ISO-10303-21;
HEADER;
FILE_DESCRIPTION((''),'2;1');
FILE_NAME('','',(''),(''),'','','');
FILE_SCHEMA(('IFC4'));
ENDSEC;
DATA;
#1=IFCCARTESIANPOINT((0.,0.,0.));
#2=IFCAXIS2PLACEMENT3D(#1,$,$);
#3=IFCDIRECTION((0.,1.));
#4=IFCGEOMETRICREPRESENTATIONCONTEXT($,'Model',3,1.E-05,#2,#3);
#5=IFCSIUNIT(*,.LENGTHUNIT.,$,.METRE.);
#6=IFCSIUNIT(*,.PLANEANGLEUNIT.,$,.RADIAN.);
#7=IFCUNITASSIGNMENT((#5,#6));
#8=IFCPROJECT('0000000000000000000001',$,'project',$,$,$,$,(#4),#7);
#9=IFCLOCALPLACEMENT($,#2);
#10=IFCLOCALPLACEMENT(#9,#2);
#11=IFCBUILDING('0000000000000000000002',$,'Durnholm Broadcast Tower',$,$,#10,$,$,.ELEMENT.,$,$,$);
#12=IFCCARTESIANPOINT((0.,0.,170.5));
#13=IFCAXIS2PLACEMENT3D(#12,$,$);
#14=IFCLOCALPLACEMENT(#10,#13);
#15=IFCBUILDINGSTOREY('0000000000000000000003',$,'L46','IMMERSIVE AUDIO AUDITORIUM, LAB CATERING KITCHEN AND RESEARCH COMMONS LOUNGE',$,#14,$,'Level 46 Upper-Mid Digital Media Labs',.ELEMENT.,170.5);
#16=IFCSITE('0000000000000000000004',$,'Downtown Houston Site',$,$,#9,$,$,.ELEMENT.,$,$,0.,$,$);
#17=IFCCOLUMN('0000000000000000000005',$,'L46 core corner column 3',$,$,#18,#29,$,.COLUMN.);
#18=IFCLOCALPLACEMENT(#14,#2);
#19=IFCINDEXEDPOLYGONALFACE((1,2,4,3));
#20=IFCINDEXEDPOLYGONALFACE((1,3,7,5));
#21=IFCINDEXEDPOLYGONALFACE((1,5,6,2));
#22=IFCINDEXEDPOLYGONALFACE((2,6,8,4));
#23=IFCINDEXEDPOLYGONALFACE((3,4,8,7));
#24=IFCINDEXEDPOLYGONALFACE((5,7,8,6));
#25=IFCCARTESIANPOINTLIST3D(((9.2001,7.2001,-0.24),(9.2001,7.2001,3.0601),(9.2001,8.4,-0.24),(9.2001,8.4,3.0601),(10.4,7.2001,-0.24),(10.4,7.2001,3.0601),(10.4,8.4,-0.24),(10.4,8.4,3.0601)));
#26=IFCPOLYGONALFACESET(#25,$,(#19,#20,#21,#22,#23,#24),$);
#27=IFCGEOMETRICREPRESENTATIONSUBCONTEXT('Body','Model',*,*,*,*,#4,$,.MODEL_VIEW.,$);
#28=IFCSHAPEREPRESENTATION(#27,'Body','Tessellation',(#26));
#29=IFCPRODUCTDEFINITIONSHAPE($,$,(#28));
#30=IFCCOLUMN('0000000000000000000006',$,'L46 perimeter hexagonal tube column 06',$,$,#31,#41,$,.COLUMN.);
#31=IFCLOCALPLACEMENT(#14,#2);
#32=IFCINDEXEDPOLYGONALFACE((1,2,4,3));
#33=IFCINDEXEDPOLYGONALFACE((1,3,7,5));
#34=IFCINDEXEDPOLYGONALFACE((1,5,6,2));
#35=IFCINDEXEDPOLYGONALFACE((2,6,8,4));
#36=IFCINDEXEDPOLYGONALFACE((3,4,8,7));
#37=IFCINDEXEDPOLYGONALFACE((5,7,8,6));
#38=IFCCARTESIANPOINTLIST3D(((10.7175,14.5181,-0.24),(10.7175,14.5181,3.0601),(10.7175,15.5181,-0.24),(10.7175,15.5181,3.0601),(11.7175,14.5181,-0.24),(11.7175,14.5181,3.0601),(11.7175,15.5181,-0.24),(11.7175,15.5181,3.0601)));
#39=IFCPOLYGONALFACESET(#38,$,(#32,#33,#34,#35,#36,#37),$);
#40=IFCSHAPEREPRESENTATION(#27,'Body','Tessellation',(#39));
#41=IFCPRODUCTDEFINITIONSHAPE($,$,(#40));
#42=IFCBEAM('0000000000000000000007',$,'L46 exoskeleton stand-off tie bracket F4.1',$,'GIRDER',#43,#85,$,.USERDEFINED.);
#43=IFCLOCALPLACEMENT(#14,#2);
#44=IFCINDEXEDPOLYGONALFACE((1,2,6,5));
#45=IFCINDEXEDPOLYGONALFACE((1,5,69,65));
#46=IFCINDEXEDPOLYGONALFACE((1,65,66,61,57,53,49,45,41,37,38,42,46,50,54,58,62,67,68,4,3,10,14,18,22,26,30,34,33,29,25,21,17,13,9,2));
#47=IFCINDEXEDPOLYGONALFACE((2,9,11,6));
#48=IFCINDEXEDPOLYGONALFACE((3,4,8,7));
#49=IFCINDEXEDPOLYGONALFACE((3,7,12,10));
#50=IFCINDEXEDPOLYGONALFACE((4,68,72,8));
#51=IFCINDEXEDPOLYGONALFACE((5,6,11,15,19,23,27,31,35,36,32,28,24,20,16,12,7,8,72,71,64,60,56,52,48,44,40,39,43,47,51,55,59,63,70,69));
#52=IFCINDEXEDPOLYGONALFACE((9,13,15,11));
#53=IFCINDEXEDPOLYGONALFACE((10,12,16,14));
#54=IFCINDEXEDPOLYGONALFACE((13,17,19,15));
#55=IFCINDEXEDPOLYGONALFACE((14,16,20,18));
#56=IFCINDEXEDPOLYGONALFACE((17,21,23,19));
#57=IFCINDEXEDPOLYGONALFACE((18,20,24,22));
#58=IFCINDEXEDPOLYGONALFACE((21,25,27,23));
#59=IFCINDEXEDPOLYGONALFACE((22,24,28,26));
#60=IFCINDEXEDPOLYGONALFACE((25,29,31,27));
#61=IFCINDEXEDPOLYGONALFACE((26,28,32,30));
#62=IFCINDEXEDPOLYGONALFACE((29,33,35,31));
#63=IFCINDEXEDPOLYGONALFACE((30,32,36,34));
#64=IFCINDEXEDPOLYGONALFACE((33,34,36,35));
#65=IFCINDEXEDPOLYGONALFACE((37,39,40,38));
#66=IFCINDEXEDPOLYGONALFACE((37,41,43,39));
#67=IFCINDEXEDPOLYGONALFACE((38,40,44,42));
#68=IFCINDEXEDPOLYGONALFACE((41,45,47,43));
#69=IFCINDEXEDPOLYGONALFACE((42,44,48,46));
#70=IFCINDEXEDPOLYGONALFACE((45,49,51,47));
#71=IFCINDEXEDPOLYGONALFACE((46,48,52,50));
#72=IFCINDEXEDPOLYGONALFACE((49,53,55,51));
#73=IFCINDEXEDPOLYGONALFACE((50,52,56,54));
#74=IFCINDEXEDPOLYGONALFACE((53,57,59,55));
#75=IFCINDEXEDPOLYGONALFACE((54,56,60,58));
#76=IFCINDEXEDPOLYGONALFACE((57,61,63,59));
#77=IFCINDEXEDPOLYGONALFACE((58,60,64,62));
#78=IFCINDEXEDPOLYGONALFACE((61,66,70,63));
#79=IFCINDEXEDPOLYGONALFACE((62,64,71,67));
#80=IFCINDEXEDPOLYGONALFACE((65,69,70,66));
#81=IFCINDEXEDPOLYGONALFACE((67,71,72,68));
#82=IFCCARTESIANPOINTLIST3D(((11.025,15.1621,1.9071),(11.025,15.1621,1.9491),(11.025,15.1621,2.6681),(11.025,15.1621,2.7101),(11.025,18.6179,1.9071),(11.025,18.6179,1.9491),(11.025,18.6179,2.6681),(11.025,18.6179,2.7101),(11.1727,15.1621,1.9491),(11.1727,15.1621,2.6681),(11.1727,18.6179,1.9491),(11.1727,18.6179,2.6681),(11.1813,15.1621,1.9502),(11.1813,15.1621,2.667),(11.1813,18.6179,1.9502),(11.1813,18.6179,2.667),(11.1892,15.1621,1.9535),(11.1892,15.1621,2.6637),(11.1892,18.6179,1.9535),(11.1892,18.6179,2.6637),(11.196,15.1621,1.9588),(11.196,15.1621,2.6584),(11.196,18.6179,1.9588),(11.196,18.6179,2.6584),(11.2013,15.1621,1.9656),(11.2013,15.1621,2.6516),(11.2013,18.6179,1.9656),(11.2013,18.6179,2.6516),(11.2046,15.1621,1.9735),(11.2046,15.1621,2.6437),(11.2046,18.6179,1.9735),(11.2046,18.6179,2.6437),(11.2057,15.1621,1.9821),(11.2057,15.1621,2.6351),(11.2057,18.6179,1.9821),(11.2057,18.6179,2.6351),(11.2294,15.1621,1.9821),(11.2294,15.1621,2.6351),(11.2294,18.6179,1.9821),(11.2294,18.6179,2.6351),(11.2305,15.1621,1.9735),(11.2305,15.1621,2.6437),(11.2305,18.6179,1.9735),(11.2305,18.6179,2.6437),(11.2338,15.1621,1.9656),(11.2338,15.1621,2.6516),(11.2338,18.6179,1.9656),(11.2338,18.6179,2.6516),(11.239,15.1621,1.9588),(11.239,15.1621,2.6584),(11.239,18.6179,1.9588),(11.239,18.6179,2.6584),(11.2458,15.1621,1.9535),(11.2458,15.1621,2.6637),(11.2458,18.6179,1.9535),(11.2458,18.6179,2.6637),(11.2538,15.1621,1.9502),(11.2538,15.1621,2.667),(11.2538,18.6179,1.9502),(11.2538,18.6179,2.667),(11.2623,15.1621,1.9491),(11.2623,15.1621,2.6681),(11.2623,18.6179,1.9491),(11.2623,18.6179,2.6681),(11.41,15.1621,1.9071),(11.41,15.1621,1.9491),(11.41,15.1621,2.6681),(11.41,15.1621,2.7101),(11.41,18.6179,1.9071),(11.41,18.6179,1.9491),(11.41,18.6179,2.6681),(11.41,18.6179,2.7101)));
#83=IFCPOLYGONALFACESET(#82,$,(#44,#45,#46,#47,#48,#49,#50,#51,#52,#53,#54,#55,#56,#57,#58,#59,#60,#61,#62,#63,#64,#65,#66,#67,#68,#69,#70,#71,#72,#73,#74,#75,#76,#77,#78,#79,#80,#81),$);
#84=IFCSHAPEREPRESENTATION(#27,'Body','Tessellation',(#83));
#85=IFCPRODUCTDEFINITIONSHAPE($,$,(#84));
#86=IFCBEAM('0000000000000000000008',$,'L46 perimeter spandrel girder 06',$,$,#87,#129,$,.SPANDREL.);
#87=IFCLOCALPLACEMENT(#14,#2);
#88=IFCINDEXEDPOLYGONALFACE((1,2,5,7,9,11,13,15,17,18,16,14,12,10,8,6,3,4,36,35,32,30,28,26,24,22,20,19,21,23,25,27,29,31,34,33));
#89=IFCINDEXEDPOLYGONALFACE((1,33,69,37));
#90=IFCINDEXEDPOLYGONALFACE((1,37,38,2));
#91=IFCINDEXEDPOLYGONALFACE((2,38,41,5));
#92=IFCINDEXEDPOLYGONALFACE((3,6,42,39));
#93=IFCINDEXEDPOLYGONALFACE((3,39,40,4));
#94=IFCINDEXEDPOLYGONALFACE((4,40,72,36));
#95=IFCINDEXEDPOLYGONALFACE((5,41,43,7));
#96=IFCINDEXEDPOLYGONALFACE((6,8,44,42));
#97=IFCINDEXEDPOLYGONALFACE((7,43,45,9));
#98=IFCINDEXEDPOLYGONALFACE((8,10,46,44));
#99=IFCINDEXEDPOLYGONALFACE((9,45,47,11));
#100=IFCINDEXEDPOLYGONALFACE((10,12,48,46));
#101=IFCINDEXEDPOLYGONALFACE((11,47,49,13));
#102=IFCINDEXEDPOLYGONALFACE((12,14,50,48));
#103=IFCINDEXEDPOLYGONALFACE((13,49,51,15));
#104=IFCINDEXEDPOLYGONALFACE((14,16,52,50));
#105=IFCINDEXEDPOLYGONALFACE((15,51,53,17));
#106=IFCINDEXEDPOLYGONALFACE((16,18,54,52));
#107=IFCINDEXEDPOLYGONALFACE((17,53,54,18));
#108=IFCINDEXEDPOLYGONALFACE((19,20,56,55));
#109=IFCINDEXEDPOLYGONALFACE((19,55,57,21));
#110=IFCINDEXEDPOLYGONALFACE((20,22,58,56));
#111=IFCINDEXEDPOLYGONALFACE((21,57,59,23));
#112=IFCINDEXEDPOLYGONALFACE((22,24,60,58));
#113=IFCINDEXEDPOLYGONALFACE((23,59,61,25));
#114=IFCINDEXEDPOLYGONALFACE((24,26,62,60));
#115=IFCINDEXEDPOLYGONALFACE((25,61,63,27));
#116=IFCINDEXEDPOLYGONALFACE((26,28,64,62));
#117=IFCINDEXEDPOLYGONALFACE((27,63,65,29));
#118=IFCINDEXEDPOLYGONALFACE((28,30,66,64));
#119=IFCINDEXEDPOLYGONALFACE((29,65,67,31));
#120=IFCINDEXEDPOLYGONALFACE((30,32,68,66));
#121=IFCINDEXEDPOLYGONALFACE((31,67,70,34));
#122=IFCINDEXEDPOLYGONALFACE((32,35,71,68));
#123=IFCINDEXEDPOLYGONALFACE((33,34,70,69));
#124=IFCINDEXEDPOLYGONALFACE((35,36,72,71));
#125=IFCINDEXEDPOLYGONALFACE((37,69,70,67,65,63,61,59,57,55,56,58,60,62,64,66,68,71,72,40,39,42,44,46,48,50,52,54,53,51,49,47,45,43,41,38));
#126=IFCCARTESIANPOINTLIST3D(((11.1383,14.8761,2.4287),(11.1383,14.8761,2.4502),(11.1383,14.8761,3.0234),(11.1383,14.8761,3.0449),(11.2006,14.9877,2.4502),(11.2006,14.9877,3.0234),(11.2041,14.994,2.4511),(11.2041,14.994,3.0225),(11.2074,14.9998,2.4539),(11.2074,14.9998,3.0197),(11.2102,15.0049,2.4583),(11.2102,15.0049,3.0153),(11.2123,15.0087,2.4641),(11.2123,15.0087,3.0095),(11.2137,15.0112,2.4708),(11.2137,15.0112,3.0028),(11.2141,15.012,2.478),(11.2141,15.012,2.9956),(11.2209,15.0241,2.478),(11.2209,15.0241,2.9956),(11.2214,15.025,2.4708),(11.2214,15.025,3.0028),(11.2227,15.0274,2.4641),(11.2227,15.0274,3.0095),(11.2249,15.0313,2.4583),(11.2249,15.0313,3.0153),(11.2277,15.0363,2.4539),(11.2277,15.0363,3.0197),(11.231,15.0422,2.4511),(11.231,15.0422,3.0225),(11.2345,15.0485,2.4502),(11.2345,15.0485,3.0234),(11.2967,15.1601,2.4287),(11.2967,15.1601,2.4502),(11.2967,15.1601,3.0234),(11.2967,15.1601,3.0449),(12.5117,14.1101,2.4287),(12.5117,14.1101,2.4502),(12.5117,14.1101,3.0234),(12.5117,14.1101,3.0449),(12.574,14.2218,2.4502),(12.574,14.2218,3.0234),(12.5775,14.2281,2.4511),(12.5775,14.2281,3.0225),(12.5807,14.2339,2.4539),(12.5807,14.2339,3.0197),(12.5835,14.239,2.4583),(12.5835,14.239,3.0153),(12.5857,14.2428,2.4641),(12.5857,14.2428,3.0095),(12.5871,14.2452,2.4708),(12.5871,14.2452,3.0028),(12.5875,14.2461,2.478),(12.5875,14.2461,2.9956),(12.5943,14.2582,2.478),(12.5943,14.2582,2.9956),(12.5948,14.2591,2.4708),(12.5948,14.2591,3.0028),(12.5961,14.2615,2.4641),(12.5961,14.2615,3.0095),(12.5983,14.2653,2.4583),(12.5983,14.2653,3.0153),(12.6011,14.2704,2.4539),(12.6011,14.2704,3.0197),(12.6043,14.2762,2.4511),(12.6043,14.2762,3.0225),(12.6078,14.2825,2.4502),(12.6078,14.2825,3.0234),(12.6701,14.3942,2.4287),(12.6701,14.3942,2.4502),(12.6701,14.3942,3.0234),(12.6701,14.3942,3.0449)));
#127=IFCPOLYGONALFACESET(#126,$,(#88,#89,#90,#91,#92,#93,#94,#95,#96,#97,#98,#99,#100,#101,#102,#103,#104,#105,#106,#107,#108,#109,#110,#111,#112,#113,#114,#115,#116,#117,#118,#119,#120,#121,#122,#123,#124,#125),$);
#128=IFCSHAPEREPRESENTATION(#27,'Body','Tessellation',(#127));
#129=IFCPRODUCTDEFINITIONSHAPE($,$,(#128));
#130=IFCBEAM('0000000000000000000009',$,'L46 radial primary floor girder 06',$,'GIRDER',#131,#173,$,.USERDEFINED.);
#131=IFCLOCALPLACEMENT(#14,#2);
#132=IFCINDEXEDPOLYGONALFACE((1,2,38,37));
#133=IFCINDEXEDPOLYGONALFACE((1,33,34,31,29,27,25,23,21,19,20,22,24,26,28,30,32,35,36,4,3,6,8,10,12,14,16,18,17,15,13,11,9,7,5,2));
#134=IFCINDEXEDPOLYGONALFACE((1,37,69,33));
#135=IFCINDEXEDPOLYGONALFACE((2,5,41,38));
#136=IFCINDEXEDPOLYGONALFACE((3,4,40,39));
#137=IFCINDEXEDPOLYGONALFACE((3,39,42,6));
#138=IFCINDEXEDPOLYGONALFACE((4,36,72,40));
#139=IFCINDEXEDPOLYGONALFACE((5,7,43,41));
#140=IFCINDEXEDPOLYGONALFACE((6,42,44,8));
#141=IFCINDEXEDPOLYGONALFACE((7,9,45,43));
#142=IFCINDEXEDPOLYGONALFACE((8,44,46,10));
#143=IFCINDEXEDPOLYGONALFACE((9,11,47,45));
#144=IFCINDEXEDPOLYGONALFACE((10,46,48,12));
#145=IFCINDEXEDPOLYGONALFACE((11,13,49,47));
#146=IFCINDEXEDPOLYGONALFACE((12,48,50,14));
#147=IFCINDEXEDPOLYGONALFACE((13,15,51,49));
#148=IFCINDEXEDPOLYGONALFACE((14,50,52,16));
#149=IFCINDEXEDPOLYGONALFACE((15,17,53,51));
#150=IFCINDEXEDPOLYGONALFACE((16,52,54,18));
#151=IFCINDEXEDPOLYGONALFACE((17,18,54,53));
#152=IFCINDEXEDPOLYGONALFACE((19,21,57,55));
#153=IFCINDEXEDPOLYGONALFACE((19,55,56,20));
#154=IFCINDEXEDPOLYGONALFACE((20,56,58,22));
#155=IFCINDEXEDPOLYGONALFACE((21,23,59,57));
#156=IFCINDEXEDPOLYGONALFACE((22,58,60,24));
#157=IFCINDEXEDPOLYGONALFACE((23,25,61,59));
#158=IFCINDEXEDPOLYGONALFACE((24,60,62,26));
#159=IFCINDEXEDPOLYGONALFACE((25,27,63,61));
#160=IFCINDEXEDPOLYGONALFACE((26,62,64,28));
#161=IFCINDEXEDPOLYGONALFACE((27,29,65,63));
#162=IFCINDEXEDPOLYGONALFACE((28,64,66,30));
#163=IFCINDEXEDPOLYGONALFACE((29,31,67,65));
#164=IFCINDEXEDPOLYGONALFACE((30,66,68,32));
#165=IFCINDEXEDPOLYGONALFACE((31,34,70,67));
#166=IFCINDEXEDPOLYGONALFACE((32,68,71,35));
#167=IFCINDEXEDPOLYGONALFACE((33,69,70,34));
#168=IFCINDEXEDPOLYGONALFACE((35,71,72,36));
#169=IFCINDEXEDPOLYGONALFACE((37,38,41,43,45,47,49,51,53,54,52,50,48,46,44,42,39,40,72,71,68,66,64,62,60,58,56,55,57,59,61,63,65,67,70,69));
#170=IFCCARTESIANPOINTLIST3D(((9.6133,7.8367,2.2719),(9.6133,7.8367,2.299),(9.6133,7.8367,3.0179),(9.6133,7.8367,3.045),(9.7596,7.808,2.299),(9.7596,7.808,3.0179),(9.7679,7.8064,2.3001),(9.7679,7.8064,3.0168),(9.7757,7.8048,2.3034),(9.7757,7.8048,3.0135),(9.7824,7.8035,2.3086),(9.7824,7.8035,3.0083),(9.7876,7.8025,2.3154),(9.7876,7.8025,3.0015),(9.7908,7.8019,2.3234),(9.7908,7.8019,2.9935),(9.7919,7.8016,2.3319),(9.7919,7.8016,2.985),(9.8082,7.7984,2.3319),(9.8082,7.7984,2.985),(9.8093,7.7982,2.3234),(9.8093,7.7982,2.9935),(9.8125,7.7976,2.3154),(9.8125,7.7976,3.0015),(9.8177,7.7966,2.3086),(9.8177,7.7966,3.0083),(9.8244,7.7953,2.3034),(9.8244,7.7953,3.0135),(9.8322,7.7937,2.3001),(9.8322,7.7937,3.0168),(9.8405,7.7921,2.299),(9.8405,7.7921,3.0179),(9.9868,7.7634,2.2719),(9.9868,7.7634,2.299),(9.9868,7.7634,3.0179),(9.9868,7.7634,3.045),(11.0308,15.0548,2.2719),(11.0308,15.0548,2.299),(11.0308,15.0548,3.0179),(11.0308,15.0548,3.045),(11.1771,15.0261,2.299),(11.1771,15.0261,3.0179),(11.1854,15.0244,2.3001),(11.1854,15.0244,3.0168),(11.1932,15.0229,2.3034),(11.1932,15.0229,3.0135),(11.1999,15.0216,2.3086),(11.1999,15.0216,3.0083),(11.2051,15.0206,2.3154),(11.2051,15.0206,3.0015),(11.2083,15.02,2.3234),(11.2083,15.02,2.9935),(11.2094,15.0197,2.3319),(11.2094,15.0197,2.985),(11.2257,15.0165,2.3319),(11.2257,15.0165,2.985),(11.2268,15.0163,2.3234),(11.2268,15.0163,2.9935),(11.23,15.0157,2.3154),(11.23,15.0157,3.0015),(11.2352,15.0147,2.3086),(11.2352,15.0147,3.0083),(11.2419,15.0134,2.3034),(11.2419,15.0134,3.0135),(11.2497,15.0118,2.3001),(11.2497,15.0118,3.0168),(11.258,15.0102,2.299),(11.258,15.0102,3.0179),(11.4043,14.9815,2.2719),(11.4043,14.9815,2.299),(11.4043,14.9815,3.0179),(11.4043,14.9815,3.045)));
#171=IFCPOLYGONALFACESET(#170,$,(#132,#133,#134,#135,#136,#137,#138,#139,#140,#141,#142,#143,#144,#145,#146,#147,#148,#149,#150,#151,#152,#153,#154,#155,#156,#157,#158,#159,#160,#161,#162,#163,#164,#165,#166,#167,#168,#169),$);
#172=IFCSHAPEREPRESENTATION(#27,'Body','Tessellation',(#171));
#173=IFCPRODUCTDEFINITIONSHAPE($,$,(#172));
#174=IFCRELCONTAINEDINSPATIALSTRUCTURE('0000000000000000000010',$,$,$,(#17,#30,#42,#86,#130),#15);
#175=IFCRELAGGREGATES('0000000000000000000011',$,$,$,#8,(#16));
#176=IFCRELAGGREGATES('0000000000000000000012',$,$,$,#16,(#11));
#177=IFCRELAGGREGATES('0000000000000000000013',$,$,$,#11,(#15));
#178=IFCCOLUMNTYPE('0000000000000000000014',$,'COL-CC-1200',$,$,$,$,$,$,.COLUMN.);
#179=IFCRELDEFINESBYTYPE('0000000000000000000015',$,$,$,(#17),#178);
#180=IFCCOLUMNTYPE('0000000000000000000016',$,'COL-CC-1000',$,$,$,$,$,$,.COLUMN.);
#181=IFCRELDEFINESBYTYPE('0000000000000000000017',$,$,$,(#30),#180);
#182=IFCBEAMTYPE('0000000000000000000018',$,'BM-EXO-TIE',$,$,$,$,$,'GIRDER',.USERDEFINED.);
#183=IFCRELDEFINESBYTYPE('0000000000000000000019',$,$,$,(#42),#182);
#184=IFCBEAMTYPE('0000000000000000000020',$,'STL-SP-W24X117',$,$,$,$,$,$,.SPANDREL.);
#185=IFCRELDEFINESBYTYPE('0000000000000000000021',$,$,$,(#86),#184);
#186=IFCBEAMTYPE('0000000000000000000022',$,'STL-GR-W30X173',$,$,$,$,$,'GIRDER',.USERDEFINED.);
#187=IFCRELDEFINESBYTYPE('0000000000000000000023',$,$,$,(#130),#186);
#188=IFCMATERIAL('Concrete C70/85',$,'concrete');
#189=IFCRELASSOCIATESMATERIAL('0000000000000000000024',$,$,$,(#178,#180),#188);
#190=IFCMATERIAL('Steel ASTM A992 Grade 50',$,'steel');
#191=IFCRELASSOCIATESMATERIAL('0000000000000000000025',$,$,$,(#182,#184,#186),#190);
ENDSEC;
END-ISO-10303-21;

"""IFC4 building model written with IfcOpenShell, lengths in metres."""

from ifc_helpers import new_model, si_unit, direction, frame, origin, origin_2d, place, context, subcontext, project, spatial, rectangle, i_section, extrude, source, transform, mapped, material, material_profile, profile_set, type_object, type_shapes, element, save


model = new_model("IFC4")

# Units and contexts
model_context = context("Model", 3, precision=1e-05, world=origin(), true_north=direction((0.0, 1.0)))
body_context = subcontext(model_context, "Body", "Model", "MODEL_VIEW")
ifc_project = project(units=[si_unit("LENGTHUNIT", "METRE"), si_unit("PLANEANGLEUNIT", "RADIAN")], contexts=[model_context])

# Site, building, storey
site_placement = place(None, origin())
site = spatial("IfcSite", under=ifc_project, at=site_placement, Name="Downtown Houston Site", CompositionType="ELEMENT", RefElevation=0.0)
building_placement = place(site_placement, origin())
building = spatial("IfcBuilding", under=site, at=building_placement, Name="Durnholm Broadcast Tower", CompositionType="ELEMENT")
storey_placement = place(building_placement, frame((0.0, 0.0, 170.5)))
storey = spatial("IfcBuildingStorey", under=building, at=storey_placement, Name="L46", Description="IMMERSIVE AUDIO AUDITORIUM, LAB CATERING KITCHEN AND RESEARCH COMMONS LOUNGE", LongName="Level 46 Upper-Mid Digital Media Labs", CompositionType="ELEMENT", Elevation=170.5)

# Columns
ifc_material_1 = material(Name="Concrete C70/85", Category="concrete")
ifc_material_profile_1 = material_profile(ifc_material_1, rectangle(XDim=1.2, YDim=1.2, at=origin_2d()), Name="RC1200X1200")
ifc_profile_set_1 = profile_set([ifc_material_profile_1], Name="Concrete C70/85")
column_type_1 = type_object("IfcColumnType", Name="COL-CC-1200", PredefinedType="COLUMN", material=ifc_profile_set_1)
shared_shape_1 = source(origin(), body_context, "Body", "SweptSolid", [
    extrude(rectangle(XDim=1.2, YDim=1.2, at=origin_2d()), origin(), (0.0, 0.0, 1.0), 3.3),
])
type_shapes(column_type_1, [shared_shape_1])
column_1_placement = place(storey_placement, frame((9.8, 7.8, -0.24), z_axis=(0.0, 0.0, 1.0), x_axis=(1.0, 0.0, 0.0)))
element("IfcColumn", 1, at=column_1_placement, inside=storey, type_object=column_type_1, Name="L46 core corner column 3", PredefinedType="COLUMN", context=body_context, shape_type="MappedRepresentation", body=[
    mapped(shared_shape_1, transform((0.0, 0.0, 0.0), x_axis=(1.0, 0.0, 0.0), y_axis=(0.0, 1.0, 0.0), z_axis=(0.0, 0.0, 1.0), scale=1.0)),
])
ifc_material_profile_2 = material_profile(ifc_material_1, rectangle(XDim=1.0, YDim=1.0, at=origin_2d()), Name="RC1000X1000")
ifc_profile_set_2 = profile_set([ifc_material_profile_2], Name="Concrete C70/85")
column_type_2 = type_object("IfcColumnType", Name="COL-CC-1000", PredefinedType="COLUMN", material=ifc_profile_set_2)
shared_shape_2 = source(origin(), body_context, "Body", "SweptSolid", [
    extrude(rectangle(XDim=1.0, YDim=1.0, at=origin_2d()), origin(), (0.0, 0.0, 1.0), 3.3),
])
type_shapes(column_type_2, [shared_shape_2])
column_2_placement = place(storey_placement, frame((11.2175, 15.0181, -0.24), z_axis=(0.0, 0.0, 1.0), x_axis=(1.0, 0.0, 0.0)))
element("IfcColumn", 2, at=column_2_placement, inside=storey, type_object=column_type_2, Name="L46 perimeter hexagonal tube column 06", PredefinedType="COLUMN", context=body_context, shape_type="MappedRepresentation", body=[
    mapped(shared_shape_2, transform((0.0, 0.0, 0.0), x_axis=(1.0, 0.0, 0.0), y_axis=(0.0, 1.0, 0.0), z_axis=(0.0, 0.0, 1.0), scale=1.0)),
])

# Beams
ifc_material_2 = material(Name="Steel ASTM A992 Grade 50", Category="steel")
ifc_material_profile_3 = material_profile(ifc_material_2, i_section(OverallWidth=0.385, OverallDepth=0.803, WebThickness=0.0237, FlangeThickness=0.042, FilletRadius=0.033, at=origin_2d()), Name="W30X261")
ifc_profile_set_3 = profile_set([ifc_material_profile_3], Name="Steel ASTM A992 Grade 50")
beam_type_1 = type_object("IfcBeamType", Name="BM-EXO-TIE", ElementType="GIRDER", PredefinedType="USERDEFINED", material=ifc_profile_set_3)
shared_shape_3 = source(origin(), body_context, "Body", "SweptSolid", [
    extrude(i_section(OverallWidth=0.385, OverallDepth=0.803, WebThickness=0.0237, FlangeThickness=0.042, FilletRadius=0.033, at=origin_2d()), origin(), (0.0, 0.0, 1.0), 3.4558),
])
beam_1_placement = place(storey_placement, frame((11.2175, 15.1621, 2.3086), z_axis=(0.0, 1.0, 0.0), x_axis=(-1.0, 0.0, 0.0)))
element("IfcBeam", 3, at=beam_1_placement, inside=storey, type_object=beam_type_1, Name="L46 exoskeleton stand-off tie bracket F4.1", ObjectType="GIRDER", PredefinedType="USERDEFINED", context=body_context, shape_type="MappedRepresentation", body=[
    mapped(shared_shape_3, transform((0.0, 0.0, 0.0), x_axis=(1.0, 0.0, 0.0), y_axis=(0.0, 1.0, 0.0), z_axis=(0.0, 0.0, 1.0), scale=1.0)),
])
ifc_material_profile_4 = material_profile(ifc_material_2, i_section(OverallWidth=0.3252, OverallDepth=0.6162, WebThickness=0.0139, FlangeThickness=0.0215, FilletRadius=0.0278, at=origin_2d()), Name="W24X117")
ifc_profile_set_4 = profile_set([ifc_material_profile_4], Name="Steel ASTM A992 Grade 50")
beam_type_2 = type_object("IfcBeamType", Name="STL-SP-W24X117", PredefinedType="SPANDREL", material=ifc_profile_set_4)
shared_shape_4 = source(origin(), body_context, "Body", "SweptSolid", [
    extrude(i_section(OverallWidth=0.3252, OverallDepth=0.6162, WebThickness=0.0139, FlangeThickness=0.0215, FilletRadius=0.0278, at=origin_2d()), origin(), (0.0, 0.0, 1.0), 1.5725),
])
type_shapes(beam_type_2, [shared_shape_4])
beam_2_placement = place(storey_placement, frame((11.2175, 15.0181, 2.7368), z_axis=(0.873365, -0.487066, 0.0), x_axis=(0.487066, 0.873365, 0.0)))
element("IfcBeam", 4, at=beam_2_placement, inside=storey, type_object=beam_type_2, Name="L46 perimeter spandrel girder 06", PredefinedType="SPANDREL", context=body_context, shape_type="MappedRepresentation", body=[
    mapped(shared_shape_4, transform((0.0, 0.0, 0.0), x_axis=(1.0, 0.0, 0.0), y_axis=(0.0, 1.0, 0.0), z_axis=(0.0, 0.0, 1.0), scale=1.0)),
])
ifc_material_profile_5 = material_profile(ifc_material_2, i_section(OverallWidth=0.3806, OverallDepth=0.7732, WebThickness=0.0166, FlangeThickness=0.0271, FilletRadius=0.033, at=origin_2d()), Name="W30X173")
ifc_profile_set_5 = profile_set([ifc_material_profile_5], Name="Steel ASTM A992 Grade 50")
beam_type_3 = type_object("IfcBeamType", Name="STL-GR-W30X173", ElementType="GIRDER", PredefinedType="USERDEFINED", material=ifc_profile_set_5)
shared_shape_5 = source(origin(), body_context, "Body", "SweptSolid", [
    extrude(i_section(OverallWidth=0.3806, OverallDepth=0.7732, WebThickness=0.0166, FlangeThickness=0.0271, FilletRadius=0.033, at=origin_2d()), origin(), (0.0, 0.0, 1.0), 7.356),
])
beam_3_placement = place(storey_placement, frame((9.8, 7.8, 2.6584), z_axis=(0.1927, 0.981258, 0.0), x_axis=(-0.981258, 0.1927, 0.0)))
element("IfcBeam", 5, at=beam_3_placement, inside=storey, type_object=beam_type_3, Name="L46 radial primary floor girder 06", ObjectType="GIRDER", PredefinedType="USERDEFINED", context=body_context, shape_type="MappedRepresentation", body=[
    mapped(shared_shape_5, transform((0.0, 0.0, 0.0), x_axis=(1.0, 0.0, 0.0), y_axis=(0.0, 1.0, 0.0), z_axis=(0.0, 0.0, 1.0), scale=1.0)),
])

save(model, "model.ifc")
